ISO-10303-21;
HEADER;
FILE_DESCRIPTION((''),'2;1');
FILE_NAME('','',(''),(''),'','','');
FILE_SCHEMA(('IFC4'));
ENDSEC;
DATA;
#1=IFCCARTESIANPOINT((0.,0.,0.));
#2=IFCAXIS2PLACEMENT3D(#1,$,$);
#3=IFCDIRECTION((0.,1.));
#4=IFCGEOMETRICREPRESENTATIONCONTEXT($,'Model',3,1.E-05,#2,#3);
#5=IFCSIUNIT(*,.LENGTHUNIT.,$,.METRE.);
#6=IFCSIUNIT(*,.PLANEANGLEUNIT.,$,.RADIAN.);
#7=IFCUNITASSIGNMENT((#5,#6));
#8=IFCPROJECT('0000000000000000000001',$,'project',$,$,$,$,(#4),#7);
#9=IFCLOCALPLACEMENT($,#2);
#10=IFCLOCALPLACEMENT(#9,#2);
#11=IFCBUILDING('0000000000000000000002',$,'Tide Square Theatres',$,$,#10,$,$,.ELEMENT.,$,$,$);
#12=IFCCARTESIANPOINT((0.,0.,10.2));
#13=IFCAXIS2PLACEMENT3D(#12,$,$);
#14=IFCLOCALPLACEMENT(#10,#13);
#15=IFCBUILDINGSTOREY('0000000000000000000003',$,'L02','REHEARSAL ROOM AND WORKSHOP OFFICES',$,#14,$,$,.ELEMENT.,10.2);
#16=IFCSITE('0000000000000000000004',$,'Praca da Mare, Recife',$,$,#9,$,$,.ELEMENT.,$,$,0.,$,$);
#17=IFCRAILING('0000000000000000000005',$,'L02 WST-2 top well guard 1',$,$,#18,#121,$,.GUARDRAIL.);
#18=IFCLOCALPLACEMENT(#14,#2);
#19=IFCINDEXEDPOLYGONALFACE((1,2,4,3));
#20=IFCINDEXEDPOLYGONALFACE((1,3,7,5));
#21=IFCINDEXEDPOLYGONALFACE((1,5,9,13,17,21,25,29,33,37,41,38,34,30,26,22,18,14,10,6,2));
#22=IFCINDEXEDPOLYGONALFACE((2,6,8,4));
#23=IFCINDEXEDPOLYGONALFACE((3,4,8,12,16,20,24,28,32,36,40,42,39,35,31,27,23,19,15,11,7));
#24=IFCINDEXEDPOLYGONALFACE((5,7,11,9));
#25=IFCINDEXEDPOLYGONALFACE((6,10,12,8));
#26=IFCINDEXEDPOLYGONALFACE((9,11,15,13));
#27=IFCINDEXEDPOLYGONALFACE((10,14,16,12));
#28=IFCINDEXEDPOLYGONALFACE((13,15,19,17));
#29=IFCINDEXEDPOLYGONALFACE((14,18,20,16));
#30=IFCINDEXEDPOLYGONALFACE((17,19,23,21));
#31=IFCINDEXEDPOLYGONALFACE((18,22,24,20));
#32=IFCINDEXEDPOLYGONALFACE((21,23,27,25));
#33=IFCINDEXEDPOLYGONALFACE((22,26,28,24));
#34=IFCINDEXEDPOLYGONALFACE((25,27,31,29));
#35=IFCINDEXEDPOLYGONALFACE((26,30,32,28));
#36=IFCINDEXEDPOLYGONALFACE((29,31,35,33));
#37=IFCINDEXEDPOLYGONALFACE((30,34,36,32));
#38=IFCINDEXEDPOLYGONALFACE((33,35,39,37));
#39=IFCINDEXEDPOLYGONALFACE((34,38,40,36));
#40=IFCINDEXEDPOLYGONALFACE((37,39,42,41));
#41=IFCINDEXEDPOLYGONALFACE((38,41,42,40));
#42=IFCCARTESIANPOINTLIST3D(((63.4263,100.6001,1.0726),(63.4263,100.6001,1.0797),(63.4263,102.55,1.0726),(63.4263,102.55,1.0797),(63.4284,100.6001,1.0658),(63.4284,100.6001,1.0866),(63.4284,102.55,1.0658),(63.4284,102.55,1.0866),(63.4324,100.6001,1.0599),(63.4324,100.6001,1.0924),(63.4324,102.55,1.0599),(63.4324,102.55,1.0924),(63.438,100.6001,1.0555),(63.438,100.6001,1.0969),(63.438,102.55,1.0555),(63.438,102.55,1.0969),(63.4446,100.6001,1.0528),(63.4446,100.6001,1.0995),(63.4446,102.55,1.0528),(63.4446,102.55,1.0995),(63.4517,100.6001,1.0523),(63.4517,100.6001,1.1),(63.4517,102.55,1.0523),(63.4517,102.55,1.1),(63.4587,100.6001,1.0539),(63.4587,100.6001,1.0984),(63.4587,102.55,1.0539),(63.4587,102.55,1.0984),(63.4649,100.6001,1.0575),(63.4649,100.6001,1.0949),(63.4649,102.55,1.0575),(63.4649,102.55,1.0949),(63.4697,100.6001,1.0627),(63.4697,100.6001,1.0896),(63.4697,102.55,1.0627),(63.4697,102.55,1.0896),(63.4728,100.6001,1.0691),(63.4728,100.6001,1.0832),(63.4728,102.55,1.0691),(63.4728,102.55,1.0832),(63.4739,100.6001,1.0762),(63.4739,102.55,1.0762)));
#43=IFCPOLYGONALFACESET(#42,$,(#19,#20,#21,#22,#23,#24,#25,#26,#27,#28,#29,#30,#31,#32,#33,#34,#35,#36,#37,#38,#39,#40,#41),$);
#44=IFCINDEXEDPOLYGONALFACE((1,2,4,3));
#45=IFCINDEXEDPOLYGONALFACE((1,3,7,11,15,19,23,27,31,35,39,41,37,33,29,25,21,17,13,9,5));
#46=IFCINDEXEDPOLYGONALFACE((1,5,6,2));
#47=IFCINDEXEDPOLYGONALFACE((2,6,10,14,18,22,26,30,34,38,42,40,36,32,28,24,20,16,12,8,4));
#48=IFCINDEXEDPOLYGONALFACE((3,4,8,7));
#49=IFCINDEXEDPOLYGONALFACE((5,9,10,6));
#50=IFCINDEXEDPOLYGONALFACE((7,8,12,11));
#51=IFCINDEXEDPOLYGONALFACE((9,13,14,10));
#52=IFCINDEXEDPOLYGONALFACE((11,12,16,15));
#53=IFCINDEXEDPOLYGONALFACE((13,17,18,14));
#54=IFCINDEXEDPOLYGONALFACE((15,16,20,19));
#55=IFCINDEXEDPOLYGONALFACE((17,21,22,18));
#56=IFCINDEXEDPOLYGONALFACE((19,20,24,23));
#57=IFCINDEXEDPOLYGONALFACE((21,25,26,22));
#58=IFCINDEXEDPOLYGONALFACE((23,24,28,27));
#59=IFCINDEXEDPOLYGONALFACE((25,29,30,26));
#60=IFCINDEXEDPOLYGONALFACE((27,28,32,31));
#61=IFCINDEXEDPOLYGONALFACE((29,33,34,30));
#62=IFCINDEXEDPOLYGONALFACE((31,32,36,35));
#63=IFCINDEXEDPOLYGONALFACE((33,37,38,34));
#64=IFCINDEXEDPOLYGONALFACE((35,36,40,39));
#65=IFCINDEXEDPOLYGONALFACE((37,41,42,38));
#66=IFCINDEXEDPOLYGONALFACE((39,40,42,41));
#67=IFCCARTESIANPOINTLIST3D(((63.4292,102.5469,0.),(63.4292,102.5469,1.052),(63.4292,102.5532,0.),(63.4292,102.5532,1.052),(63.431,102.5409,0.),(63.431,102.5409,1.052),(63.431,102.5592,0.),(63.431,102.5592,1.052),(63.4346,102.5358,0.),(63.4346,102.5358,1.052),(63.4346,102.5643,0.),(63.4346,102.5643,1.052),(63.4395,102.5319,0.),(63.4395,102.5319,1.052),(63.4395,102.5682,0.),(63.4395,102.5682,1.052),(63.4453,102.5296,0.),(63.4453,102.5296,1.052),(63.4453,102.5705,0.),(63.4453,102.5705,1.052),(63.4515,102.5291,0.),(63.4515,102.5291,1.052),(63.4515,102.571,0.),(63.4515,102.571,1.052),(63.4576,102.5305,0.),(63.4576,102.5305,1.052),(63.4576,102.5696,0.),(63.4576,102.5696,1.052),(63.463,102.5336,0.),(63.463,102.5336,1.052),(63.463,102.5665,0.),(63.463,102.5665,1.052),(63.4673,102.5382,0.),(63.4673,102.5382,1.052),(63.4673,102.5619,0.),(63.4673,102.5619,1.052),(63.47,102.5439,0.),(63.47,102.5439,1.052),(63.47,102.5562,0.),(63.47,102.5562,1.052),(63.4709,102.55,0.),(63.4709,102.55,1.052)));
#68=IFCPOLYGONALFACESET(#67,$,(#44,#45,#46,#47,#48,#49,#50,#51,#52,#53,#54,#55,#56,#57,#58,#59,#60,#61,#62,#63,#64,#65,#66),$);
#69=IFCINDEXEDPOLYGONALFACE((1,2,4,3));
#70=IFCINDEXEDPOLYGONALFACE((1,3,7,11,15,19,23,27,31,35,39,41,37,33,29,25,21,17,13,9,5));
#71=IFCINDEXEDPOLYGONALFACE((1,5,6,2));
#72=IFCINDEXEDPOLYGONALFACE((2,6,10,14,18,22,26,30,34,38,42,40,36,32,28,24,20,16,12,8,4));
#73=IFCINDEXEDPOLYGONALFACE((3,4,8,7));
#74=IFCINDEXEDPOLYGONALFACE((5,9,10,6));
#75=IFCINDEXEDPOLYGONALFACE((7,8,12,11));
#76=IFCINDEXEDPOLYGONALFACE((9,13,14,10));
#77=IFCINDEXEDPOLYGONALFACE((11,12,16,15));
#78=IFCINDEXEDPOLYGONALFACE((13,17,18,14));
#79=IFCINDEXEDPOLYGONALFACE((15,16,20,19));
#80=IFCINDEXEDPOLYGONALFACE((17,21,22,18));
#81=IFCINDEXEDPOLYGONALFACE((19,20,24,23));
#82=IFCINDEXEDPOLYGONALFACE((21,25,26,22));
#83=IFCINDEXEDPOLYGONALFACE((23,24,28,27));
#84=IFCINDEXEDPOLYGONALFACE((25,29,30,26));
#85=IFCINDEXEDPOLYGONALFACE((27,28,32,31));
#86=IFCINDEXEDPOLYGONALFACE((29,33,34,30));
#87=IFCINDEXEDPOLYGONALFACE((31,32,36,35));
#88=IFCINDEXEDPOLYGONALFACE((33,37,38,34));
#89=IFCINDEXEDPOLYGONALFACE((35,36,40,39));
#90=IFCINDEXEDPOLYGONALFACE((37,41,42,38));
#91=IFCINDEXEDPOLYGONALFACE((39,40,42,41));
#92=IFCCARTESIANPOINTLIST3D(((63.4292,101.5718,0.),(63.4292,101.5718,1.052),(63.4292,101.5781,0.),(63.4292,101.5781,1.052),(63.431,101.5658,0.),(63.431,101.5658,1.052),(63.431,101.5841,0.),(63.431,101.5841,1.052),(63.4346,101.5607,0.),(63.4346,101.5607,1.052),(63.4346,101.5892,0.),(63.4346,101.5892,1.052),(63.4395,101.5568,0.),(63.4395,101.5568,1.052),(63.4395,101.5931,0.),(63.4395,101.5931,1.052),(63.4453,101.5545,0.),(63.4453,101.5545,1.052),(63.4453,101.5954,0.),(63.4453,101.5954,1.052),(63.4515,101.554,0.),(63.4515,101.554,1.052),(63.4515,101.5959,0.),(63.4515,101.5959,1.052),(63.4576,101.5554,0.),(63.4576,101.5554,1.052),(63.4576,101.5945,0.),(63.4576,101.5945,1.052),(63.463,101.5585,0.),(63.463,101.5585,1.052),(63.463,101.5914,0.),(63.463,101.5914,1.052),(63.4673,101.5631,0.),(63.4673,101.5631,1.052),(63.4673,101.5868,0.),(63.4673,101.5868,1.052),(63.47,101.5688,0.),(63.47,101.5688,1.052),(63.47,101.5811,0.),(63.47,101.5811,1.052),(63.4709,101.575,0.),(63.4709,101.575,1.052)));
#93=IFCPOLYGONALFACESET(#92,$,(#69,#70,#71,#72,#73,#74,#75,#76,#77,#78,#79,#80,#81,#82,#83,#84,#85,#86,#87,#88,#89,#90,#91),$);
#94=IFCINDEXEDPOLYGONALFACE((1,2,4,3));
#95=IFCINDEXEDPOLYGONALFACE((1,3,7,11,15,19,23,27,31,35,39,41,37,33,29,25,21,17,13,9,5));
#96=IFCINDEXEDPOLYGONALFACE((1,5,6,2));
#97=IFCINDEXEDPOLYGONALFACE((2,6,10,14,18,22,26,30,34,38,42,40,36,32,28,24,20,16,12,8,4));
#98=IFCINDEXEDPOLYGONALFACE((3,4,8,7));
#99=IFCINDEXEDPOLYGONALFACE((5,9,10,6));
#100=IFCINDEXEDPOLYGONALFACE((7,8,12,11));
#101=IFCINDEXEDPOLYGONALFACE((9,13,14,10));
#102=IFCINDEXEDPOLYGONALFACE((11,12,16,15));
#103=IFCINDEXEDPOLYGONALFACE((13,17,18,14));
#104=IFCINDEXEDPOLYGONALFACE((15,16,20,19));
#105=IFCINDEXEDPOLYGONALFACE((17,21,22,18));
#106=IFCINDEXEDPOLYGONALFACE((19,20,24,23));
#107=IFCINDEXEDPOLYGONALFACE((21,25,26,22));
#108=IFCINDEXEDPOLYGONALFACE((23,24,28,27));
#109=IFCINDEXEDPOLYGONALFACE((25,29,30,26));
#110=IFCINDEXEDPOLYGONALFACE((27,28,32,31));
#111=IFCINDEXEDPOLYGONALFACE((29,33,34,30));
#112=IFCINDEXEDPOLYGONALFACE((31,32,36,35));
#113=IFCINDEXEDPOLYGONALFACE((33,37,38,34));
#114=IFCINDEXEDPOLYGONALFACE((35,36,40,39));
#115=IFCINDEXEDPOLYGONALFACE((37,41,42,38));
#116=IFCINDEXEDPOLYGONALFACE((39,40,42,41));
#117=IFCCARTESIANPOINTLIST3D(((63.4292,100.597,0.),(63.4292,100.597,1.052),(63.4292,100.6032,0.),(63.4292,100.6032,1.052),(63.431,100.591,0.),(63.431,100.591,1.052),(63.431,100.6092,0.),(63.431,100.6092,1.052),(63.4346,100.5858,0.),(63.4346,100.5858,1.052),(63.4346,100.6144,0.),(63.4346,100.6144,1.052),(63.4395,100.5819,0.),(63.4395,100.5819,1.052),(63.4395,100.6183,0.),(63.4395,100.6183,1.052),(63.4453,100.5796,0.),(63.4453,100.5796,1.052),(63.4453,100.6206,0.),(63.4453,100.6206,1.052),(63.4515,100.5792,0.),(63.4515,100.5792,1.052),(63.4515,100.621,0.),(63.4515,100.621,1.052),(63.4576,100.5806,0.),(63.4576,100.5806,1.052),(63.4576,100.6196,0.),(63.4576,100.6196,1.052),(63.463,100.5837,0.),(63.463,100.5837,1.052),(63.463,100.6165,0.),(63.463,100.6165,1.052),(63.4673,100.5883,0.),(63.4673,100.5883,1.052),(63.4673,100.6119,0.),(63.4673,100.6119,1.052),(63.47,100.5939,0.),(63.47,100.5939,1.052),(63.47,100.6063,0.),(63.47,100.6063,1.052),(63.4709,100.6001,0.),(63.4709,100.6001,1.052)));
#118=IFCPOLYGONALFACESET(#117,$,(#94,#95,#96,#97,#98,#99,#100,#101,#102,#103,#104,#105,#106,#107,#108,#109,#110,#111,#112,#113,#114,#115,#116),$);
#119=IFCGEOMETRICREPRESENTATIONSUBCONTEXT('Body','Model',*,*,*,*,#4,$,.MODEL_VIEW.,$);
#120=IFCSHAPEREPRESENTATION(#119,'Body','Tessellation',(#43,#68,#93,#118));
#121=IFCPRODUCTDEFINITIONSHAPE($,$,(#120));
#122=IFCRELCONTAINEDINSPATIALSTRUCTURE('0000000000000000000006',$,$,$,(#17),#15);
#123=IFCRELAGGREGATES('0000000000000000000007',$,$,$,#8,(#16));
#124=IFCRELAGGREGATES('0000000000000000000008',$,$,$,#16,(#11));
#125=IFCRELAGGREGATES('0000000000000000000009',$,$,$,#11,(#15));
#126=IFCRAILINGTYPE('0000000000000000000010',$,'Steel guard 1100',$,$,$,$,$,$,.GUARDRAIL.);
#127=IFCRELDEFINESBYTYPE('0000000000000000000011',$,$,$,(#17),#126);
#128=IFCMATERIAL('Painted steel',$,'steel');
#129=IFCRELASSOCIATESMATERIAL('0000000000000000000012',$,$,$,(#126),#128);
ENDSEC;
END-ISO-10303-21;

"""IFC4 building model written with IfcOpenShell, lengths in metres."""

from ifc_helpers import new_model, si_unit, direction, frame, origin, origin_2d, place, context, subcontext, project, spatial, circle, extrude, material, type_object, element, save


model = new_model("IFC4")

# Units and contexts
model_context = context("Model", 3, precision=1e-05, world=origin(), true_north=direction((0.0, 1.0)))
body_context = subcontext(model_context, "Body", "Model", "MODEL_VIEW")
ifc_project = project(units=[si_unit("LENGTHUNIT", "METRE"), si_unit("PLANEANGLEUNIT", "RADIAN")], contexts=[model_context])

# Site, building, storey
site_placement = place(None, origin())
site = spatial("IfcSite", under=ifc_project, at=site_placement, Name="Praca da Mare, Recife", CompositionType="ELEMENT", RefElevation=0.0)
building_placement = place(site_placement, origin())
building = spatial("IfcBuilding", under=site, at=building_placement, Name="Tide Square Theatres", CompositionType="ELEMENT")
storey_placement = place(building_placement, frame((0.0, 0.0, 10.2)))
storey = spatial("IfcBuildingStorey", under=building, at=storey_placement, Name="L02", Description="REHEARSAL ROOM AND WORKSHOP OFFICES", CompositionType="ELEMENT", Elevation=10.2)

# Railing
ifc_material_1 = material(Name="Painted steel", Category="steel")
railing_type = type_object("IfcRailingType", Name="Steel guard 1100", PredefinedType="GUARDRAIL", material=ifc_material_1)
railing_placement = place(storey_placement, frame((63.45, 102.55, 0.0)))
element("IfcRailing", 1, at=railing_placement, inside=storey, type_object=railing_type, Name="L02 WST-2 top well guard 1", PredefinedType="GUARDRAIL", context=body_context, shape_type="SweptSolid", body=[
    extrude(circle(Radius=0.0239, at=origin_2d()), frame((0.0, 0.0, 1.0762), z_axis=(0.0, -1.0, 0.0), x_axis=(1.0, 0.0, 0.0)), (0.0, 0.0, 1.0), 1.95),
    extrude(circle(Radius=0.021, at=origin_2d()), origin(), (0.0, 0.0, 1.0), 1.052),
    extrude(circle(Radius=0.021, at=origin_2d()), frame((0.0, -0.9751, 0.0)), (0.0, 0.0, 1.0), 1.052),
    extrude(circle(Radius=0.021, at=origin_2d()), frame((0.0, -1.95, 0.0)), (0.0, 0.0, 1.0), 1.052),
])

save(model, "model.ifc")
